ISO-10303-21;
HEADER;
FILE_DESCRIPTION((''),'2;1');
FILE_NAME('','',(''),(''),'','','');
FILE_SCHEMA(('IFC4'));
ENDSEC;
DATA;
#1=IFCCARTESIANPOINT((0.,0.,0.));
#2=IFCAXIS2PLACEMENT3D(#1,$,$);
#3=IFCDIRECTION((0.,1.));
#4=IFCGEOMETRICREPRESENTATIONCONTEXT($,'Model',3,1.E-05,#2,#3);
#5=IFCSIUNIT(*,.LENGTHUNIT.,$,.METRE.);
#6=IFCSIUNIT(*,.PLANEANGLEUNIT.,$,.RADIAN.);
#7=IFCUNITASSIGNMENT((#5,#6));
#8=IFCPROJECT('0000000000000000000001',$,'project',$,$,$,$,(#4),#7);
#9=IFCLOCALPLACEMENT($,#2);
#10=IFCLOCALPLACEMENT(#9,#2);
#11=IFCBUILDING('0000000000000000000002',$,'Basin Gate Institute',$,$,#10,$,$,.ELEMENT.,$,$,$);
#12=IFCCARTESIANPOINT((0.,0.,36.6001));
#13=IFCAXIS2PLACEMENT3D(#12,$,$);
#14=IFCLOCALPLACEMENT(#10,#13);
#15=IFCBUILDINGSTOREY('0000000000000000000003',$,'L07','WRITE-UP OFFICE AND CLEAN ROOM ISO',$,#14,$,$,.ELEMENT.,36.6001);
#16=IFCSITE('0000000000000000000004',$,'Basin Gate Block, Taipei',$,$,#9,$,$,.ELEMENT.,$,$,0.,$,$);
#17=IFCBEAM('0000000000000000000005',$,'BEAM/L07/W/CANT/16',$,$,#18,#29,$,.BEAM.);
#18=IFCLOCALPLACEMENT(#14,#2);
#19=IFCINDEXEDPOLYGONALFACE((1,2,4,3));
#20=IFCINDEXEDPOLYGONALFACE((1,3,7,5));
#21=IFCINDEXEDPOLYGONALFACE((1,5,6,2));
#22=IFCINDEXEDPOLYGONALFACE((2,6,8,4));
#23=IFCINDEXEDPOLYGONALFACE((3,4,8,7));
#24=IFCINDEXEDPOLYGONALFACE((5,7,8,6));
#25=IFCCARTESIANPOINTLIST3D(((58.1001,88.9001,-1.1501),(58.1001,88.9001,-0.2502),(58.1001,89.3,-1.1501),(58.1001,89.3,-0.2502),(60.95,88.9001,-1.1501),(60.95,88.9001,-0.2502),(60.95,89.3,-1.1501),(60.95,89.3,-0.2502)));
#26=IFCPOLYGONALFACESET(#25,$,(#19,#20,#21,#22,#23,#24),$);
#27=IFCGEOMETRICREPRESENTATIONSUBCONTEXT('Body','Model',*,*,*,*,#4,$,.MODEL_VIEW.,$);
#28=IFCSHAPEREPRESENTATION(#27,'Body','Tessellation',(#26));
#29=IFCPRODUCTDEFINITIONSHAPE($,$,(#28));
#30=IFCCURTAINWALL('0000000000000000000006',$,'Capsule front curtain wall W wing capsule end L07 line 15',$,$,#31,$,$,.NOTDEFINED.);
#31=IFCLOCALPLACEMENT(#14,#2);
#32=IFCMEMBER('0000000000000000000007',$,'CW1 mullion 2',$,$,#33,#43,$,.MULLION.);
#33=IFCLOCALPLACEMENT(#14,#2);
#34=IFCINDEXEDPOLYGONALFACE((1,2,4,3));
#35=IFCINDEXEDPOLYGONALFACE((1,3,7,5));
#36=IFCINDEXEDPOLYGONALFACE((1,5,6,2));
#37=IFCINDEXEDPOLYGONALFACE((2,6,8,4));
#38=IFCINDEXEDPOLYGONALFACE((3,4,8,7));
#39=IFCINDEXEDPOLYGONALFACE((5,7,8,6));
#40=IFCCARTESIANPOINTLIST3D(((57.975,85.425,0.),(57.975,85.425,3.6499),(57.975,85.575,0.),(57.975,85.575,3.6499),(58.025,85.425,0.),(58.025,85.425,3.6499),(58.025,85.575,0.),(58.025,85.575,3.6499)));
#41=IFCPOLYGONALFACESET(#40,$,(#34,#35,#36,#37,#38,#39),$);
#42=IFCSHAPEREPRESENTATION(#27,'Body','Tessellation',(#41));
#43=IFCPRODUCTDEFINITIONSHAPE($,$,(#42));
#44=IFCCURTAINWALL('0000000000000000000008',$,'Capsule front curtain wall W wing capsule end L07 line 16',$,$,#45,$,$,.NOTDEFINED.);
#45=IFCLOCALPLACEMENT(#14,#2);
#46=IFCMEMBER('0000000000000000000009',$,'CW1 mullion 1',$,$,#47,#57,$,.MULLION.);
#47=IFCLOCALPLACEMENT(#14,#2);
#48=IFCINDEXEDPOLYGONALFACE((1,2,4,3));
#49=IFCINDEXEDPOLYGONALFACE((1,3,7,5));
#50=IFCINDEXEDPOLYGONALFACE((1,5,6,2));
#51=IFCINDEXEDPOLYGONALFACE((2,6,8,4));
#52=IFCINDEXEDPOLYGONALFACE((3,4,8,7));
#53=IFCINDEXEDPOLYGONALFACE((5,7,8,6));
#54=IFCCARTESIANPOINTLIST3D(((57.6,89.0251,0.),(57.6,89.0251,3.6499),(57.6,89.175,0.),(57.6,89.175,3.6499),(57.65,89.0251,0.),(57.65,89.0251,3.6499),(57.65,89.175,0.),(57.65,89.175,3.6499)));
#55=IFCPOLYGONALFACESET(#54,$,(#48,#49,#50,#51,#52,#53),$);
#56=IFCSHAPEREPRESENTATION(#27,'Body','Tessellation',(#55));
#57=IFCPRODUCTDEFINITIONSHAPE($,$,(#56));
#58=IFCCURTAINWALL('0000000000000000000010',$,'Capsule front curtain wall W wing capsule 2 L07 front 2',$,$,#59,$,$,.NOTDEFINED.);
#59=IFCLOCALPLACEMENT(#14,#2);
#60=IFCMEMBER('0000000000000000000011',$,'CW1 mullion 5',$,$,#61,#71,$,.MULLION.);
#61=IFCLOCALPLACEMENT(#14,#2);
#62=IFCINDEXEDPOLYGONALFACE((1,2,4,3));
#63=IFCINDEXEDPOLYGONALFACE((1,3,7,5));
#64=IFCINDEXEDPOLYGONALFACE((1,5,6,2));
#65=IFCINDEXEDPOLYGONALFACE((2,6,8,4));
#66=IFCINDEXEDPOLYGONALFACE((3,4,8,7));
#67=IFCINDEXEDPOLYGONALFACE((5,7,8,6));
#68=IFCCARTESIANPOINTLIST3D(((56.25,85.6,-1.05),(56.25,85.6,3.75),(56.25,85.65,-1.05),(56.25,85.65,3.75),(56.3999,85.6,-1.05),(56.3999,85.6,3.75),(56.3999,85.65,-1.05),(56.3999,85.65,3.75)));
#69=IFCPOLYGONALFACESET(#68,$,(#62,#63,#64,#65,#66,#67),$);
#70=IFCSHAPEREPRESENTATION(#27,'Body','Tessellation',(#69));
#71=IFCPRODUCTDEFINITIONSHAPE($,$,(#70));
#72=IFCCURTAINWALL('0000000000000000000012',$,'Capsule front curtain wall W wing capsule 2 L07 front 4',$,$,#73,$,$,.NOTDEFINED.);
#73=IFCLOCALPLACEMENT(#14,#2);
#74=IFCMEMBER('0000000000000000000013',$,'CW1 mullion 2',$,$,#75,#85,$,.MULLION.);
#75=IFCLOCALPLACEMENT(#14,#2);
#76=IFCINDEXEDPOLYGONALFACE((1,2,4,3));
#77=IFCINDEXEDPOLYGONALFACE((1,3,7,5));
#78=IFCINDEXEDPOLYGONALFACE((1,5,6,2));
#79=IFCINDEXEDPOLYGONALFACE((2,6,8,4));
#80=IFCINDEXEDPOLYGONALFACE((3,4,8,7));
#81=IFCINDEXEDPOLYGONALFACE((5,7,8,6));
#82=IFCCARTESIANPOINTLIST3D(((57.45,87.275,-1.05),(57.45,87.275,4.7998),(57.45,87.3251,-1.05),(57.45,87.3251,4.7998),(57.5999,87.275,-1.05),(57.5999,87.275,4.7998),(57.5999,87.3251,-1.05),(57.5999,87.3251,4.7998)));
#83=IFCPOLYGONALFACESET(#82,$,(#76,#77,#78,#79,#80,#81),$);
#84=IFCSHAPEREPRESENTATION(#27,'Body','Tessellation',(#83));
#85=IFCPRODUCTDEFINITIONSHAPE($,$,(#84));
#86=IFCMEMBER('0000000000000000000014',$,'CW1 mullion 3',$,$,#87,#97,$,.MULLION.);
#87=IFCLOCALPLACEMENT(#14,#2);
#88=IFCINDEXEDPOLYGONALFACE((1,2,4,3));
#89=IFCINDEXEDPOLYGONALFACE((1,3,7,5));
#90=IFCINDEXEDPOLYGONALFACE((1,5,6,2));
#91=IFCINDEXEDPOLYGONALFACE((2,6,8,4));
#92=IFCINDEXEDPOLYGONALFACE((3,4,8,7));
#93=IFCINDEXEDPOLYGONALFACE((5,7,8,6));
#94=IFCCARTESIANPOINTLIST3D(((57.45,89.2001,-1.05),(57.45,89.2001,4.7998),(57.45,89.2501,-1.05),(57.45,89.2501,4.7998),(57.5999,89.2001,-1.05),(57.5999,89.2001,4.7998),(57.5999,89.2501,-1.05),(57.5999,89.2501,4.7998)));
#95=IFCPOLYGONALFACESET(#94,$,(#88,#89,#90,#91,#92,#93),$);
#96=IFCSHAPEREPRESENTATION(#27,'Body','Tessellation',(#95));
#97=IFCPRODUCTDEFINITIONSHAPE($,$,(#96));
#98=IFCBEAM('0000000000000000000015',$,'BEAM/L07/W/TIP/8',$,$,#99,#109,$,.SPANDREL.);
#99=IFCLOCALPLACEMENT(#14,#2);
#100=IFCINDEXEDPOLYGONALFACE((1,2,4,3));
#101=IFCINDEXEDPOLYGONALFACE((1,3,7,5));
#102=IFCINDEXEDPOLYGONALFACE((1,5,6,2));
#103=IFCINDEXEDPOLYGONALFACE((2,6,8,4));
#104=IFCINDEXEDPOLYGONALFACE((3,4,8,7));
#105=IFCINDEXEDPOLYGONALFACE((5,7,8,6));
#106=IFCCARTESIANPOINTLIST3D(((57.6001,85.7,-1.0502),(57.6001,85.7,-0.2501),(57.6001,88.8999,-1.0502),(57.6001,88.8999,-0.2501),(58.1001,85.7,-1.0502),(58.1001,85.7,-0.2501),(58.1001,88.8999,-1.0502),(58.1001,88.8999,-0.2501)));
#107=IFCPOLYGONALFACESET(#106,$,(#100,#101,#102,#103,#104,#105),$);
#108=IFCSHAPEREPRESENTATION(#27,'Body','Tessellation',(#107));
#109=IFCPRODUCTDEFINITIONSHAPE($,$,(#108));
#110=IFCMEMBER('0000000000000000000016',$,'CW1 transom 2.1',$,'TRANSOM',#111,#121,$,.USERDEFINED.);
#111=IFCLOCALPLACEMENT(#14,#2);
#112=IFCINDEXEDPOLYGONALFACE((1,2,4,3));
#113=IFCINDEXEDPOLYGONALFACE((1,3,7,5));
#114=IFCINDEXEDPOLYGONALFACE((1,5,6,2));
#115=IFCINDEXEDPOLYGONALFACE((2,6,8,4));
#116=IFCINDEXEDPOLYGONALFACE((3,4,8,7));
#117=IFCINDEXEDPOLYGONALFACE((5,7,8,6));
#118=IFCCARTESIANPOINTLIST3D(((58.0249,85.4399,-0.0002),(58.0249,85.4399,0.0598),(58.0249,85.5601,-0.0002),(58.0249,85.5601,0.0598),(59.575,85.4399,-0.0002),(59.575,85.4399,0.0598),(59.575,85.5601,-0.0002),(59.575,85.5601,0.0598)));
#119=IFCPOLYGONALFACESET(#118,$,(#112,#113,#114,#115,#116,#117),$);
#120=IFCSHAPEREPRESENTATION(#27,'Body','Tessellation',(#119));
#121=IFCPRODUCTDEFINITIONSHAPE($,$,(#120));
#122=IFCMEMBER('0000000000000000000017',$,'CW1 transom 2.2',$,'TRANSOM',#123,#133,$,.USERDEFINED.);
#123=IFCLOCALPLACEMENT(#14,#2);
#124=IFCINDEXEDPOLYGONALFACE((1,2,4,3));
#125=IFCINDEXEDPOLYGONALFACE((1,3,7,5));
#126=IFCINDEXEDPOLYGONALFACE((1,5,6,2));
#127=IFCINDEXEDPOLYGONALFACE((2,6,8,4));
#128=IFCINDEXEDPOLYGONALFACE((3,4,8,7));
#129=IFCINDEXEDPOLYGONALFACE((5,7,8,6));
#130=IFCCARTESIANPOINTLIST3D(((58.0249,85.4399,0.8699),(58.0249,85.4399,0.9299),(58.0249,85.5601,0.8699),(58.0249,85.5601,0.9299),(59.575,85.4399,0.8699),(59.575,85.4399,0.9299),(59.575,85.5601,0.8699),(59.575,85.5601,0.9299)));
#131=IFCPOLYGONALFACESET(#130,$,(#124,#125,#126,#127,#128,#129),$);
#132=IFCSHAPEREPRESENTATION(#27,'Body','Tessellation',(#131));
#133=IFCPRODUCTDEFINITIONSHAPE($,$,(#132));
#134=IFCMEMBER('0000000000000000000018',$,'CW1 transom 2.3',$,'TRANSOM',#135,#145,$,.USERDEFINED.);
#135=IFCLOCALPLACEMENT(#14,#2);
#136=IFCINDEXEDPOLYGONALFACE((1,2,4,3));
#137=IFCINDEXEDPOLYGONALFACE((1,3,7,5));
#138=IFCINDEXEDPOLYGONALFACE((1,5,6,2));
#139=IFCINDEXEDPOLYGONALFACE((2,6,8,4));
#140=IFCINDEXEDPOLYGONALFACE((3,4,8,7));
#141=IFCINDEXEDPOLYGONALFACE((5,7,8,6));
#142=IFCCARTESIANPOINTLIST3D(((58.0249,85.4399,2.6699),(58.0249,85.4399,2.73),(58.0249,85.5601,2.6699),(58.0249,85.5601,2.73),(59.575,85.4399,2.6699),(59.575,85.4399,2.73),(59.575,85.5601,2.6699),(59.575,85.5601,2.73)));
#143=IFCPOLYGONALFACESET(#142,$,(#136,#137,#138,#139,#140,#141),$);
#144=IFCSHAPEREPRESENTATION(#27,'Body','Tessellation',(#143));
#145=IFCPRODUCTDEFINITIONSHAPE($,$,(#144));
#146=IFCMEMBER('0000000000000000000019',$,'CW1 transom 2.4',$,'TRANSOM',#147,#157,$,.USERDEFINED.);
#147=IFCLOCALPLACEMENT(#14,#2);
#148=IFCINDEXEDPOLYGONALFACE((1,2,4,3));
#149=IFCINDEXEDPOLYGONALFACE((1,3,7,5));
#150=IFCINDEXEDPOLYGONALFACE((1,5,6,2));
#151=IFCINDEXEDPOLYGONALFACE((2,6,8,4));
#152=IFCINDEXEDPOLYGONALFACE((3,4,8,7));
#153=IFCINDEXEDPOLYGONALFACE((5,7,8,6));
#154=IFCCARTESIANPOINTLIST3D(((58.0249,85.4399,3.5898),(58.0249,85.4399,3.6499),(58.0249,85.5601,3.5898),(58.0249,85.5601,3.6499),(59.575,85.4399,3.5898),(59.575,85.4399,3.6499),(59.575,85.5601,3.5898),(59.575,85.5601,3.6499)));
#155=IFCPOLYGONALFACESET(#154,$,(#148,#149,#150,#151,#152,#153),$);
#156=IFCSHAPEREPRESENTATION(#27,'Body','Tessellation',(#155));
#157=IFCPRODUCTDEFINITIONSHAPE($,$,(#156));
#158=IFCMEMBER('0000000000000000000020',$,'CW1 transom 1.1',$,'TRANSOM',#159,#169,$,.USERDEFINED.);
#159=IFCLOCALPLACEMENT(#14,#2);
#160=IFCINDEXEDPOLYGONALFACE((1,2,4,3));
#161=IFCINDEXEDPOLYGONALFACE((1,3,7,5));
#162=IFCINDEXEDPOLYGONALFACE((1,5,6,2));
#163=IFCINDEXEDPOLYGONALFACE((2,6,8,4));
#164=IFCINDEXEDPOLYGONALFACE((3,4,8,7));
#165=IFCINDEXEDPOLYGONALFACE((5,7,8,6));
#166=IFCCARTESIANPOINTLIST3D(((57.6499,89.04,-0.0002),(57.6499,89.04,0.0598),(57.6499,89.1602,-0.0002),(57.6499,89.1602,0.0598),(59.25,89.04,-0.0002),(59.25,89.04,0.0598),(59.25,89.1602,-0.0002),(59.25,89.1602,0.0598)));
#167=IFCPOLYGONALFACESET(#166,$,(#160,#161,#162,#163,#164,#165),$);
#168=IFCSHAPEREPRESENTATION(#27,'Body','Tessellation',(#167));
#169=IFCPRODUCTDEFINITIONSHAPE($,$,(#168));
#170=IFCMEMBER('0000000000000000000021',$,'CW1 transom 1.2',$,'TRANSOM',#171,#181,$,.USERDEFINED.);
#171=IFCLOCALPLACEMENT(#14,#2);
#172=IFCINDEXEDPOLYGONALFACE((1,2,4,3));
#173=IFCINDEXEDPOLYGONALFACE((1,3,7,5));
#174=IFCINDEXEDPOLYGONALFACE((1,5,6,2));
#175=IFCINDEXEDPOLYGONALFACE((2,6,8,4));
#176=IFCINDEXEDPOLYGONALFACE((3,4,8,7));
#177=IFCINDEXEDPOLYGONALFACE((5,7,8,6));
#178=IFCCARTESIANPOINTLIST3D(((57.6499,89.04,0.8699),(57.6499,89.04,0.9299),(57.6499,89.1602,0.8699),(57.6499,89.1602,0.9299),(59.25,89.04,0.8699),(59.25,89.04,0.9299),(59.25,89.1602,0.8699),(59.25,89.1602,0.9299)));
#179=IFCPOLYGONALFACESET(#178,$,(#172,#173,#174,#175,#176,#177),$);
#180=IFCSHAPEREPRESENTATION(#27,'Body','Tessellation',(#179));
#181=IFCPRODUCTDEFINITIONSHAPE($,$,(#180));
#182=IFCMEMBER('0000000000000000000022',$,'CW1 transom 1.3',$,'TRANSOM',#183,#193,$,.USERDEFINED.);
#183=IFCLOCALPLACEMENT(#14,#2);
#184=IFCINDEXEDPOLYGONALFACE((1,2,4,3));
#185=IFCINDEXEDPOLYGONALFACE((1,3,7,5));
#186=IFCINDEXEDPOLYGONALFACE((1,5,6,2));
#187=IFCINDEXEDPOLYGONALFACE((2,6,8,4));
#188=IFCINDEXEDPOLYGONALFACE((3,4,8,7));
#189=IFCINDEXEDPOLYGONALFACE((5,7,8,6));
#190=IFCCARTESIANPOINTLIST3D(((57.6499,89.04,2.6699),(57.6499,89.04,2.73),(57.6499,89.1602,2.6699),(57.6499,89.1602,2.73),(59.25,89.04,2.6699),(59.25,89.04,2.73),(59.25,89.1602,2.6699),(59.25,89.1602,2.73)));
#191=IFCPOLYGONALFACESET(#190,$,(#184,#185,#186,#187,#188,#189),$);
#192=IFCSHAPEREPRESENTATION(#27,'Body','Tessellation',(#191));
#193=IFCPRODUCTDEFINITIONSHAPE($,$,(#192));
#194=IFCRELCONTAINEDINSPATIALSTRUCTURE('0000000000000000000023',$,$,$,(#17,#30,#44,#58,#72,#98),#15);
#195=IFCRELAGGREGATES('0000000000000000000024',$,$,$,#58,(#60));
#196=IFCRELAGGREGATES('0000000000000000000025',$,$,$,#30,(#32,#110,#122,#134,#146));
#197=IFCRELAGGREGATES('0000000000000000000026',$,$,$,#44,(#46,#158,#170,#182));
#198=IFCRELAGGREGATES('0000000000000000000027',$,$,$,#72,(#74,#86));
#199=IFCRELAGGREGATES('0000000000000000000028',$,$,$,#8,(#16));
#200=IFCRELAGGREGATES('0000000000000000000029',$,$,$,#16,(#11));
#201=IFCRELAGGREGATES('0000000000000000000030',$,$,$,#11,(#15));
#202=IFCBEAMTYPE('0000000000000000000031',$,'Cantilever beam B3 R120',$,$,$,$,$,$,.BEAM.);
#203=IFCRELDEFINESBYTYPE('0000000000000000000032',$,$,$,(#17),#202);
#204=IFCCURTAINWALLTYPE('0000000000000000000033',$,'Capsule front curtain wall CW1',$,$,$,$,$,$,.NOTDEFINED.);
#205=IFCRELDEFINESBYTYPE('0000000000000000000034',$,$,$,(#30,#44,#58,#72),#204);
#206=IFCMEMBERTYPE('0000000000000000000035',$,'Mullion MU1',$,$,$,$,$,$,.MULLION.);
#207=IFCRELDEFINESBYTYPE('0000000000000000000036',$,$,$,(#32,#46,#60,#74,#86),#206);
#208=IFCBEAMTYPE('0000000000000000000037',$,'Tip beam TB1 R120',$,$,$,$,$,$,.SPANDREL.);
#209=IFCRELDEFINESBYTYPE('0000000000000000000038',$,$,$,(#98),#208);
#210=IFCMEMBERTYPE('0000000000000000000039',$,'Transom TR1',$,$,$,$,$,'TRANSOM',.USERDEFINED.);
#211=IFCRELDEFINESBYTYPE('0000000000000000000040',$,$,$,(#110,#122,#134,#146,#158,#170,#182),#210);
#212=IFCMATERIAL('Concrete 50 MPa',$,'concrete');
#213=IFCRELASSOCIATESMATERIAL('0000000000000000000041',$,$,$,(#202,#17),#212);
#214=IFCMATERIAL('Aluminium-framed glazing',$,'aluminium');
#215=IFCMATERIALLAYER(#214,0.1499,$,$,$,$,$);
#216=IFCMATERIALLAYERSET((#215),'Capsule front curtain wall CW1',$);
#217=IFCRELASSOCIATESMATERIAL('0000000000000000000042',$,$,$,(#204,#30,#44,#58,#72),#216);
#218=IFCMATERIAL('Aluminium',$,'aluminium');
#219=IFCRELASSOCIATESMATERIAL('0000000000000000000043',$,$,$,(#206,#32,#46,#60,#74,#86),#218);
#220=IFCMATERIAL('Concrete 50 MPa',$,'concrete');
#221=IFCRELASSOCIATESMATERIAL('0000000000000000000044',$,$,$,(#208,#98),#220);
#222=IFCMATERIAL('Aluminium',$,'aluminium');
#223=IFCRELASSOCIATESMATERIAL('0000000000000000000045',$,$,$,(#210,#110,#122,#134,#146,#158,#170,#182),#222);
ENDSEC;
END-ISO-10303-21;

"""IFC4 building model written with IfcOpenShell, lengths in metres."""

from ifc_helpers import new_model, si_unit, direction, frame, origin, origin_2d, place, context, subcontext, project, spatial, rectangle, extrude, material, layer, layer_set, material_profile, profile_set, type_object, element, aggregate, save


model = new_model("IFC4")

# Units and contexts
model_context = context("Model", 3, precision=1e-05, world=origin(), true_north=direction((0.0, 1.0)))
body_context = subcontext(model_context, "Body", "Model", "MODEL_VIEW")
ifc_project = project(units=[si_unit("LENGTHUNIT", "METRE"), si_unit("PLANEANGLEUNIT", "RADIAN")], contexts=[model_context])

# Site, building, storey
site_placement = place(None, origin())
site = spatial("IfcSite", under=ifc_project, at=site_placement, Name="Basin Gate Block, Taipei", CompositionType="ELEMENT", RefElevation=0.0)
building_placement = place(site_placement, origin())
building = spatial("IfcBuilding", under=site, at=building_placement, Name="Basin Gate Institute", CompositionType="ELEMENT")
storey_placement = place(building_placement, frame((0.0, 0.0, 36.6001)))
storey = spatial("IfcBuildingStorey", under=building, at=storey_placement, Name="L07", Description="WRITE-UP OFFICE AND CLEAN ROOM ISO", CompositionType="ELEMENT", Elevation=36.6001)

# Beam
ifc_material_1 = material(Name="Concrete 50 MPa", Category="concrete")
ifc_material_profile_1 = material_profile(ifc_material_1, rectangle(XDim=0.3999, YDim=0.8999, at=origin_2d()), Name="Cantilever beam B3 400 x 900")
ifc_profile_set_1 = profile_set([ifc_material_profile_1], Name="Concrete 50 MPa")
beam_type_1 = type_object("IfcBeamType", Name="Cantilever beam B3 R120", PredefinedType="BEAM", material=ifc_profile_set_1)
beam_1_placement = place(storey_placement, frame((58.1001, 89.1001, -0.7002), z_axis=(1.0, 0.0, 0.0), x_axis=(0.0, 1.0, 0.0)))
element("IfcBeam", 1, at=beam_1_placement, inside=storey, type_object=beam_type_1, material=ifc_profile_set_1, Name="BEAM/L07/W/CANT/16", PredefinedType="BEAM", context=body_context, shape_type="SweptSolid", body=[
    extrude(rectangle(XDim=0.3999, YDim=0.8999, at=origin_2d()), origin(), (0.0, 0.0, 1.0), 2.8499),
])

# Curtain walls, members
ifc_material_2 = material(Name="Aluminium-framed glazing", Category="aluminium")
ifc_layer_1 = layer(ifc_material_2, 0.1499)
ifc_layer_set_1 = layer_set([ifc_layer_1], Name="Capsule front curtain wall CW1")
curtain_wall_type = type_object("IfcCurtainWallType", Name="Capsule front curtain wall CW1", PredefinedType="NOTDEFINED", material=ifc_layer_set_1)
curtain_wall_1_placement = place(storey_placement, origin())
curtain_wall_1 = element("IfcCurtainWall", 2, at=curtain_wall_1_placement, inside=storey, type_object=curtain_wall_type, material=ifc_layer_set_1, Name="Capsule front curtain wall W wing capsule end L07 line 15", PredefinedType="NOTDEFINED")
ifc_material_3 = material(Name="Aluminium", Category="aluminium")
ifc_material_profile_2 = material_profile(ifc_material_3, rectangle(XDim=0.1499, YDim=0.05, at=origin_2d()), Name="Mullion MU1 150 x 50")
ifc_profile_set_2 = profile_set([ifc_material_profile_2], Name="Aluminium")
member_type_1 = type_object("IfcMemberType", Name="Mullion MU1", PredefinedType="MULLION", material=ifc_profile_set_2)
member_1_placement = place(storey_placement, frame((58.0, 85.5, 0.0), z_axis=(0.0, 0.0, 1.0), x_axis=(0.0, 1.0, 0.0)))
member_1 = element("IfcMember", 3, at=member_1_placement, type_object=member_type_1, material=ifc_profile_set_2, Name="CW1 mullion 2", PredefinedType="MULLION", context=body_context, shape_type="SweptSolid", body=[
    extrude(rectangle(XDim=0.1499, YDim=0.05, at=origin_2d()), origin(), (0.0, 0.0, 1.0), 3.6499),
])
curtain_wall_2_placement = place(storey_placement, origin())
curtain_wall_2 = element("IfcCurtainWall", 4, at=curtain_wall_2_placement, inside=storey, type_object=curtain_wall_type, material=ifc_layer_set_1, Name="Capsule front curtain wall W wing capsule end L07 line 16", PredefinedType="NOTDEFINED")
member_2_placement = place(storey_placement, frame((57.625, 89.1001, 0.0), z_axis=(0.0, 0.0, 1.0), x_axis=(0.0, 1.0, 0.0)))
member_2 = element("IfcMember", 5, at=member_2_placement, type_object=member_type_1, material=ifc_profile_set_2, Name="CW1 mullion 1", PredefinedType="MULLION", context=body_context, shape_type="SweptSolid", body=[
    extrude(rectangle(XDim=0.1499, YDim=0.05, at=origin_2d()), origin(), (0.0, 0.0, 1.0), 3.6499),
])
curtain_wall_3_placement = place(storey_placement, origin())
curtain_wall_3 = element("IfcCurtainWall", 6, at=curtain_wall_3_placement, inside=storey, type_object=curtain_wall_type, material=ifc_layer_set_1, Name="Capsule front curtain wall W wing capsule 2 L07 front 2", PredefinedType="NOTDEFINED")
member_3_placement = place(storey_placement, frame((56.325, 85.625, -1.05), z_axis=(0.0, 0.0, 1.0), x_axis=(-1.0, 0.0, 0.0)))
member_3 = element("IfcMember", 7, at=member_3_placement, type_object=member_type_1, material=ifc_profile_set_2, Name="CW1 mullion 5", PredefinedType="MULLION", context=body_context, shape_type="SweptSolid", body=[
    extrude(rectangle(XDim=0.1499, YDim=0.05, at=origin_2d()), origin(), (0.0, 0.0, 1.0), 4.8),
])
aggregate(curtain_wall_3, [member_3])

# Curtain wall, members
curtain_wall_4_placement = place(storey_placement, origin())
curtain_wall_4 = element("IfcCurtainWall", 8, at=curtain_wall_4_placement, inside=storey, type_object=curtain_wall_type, material=ifc_layer_set_1, Name="Capsule front curtain wall W wing capsule 2 L07 front 4", PredefinedType="NOTDEFINED")
member_4_placement = place(storey_placement, frame((57.5249, 87.3, -1.05), z_axis=(0.0, 0.0, 1.0), x_axis=(-1.0, 0.0, 0.0)))
member_4 = element("IfcMember", 9, at=member_4_placement, type_object=member_type_1, material=ifc_profile_set_2, Name="CW1 mullion 2", PredefinedType="MULLION", context=body_context, shape_type="SweptSolid", body=[
    extrude(rectangle(XDim=0.1499, YDim=0.05, at=origin_2d()), origin(), (0.0, 0.0, 1.0), 5.8499),
])
member_5_placement = place(storey_placement, frame((57.5249, 89.2251, -1.05), z_axis=(0.0, 0.0, 1.0), x_axis=(-1.0, 0.0, 0.0)))
member_5 = element("IfcMember", 10, at=member_5_placement, type_object=member_type_1, material=ifc_profile_set_2, Name="CW1 mullion 3", PredefinedType="MULLION", context=body_context, shape_type="SweptSolid", body=[
    extrude(rectangle(XDim=0.1499, YDim=0.05, at=origin_2d()), origin(), (0.0, 0.0, 1.0), 5.8499),
])

# Beam
ifc_material_4 = material(Name="Concrete 50 MPa", Category="concrete")
ifc_material_profile_3 = material_profile(ifc_material_4, rectangle(XDim=0.5, YDim=0.8, at=origin_2d()), Name="Tip beam TB1 500 x 800")
ifc_profile_set_3 = profile_set([ifc_material_profile_3], Name="Concrete 50 MPa")
beam_type_2 = type_object("IfcBeamType", Name="Tip beam TB1 R120", PredefinedType="SPANDREL", material=ifc_profile_set_3)
beam_2_placement = place(storey_placement, frame((57.8501, 85.7, -0.6501), z_axis=(0.0, 1.0, 0.0), x_axis=(-1.0, 0.0, 0.0)))
element("IfcBeam", 11, at=beam_2_placement, inside=storey, type_object=beam_type_2, material=ifc_profile_set_3, Name="BEAM/L07/W/TIP/8", PredefinedType="SPANDREL", context=body_context, shape_type="SweptSolid", body=[
    extrude(rectangle(XDim=0.5, YDim=0.8, at=origin_2d()), origin(), (0.0, 0.0, 1.0), 3.2),
])

# Members
ifc_material_5 = material(Name="Aluminium", Category="aluminium")
ifc_material_profile_4 = material_profile(ifc_material_5, rectangle(XDim=0.1201, YDim=0.0601, at=origin_2d()), Name="Transom TR1 120 x 60")
ifc_profile_set_4 = profile_set([ifc_material_profile_4], Name="Aluminium")
member_type_2 = type_object("IfcMemberType", Name="Transom TR1", ElementType="TRANSOM", PredefinedType="USERDEFINED", material=ifc_profile_set_4)
member_6_placement = place(storey_placement, frame((58.0249, 85.5, 0.0298), z_axis=(1.0, 0.0, 0.0), x_axis=(0.0, 1.0, 0.0)))
member_6 = element("IfcMember", 12, at=member_6_placement, type_object=member_type_2, material=ifc_profile_set_4, Name="CW1 transom 2.1", ObjectType="TRANSOM", PredefinedType="USERDEFINED", context=body_context, shape_type="SweptSolid", body=[
    extrude(rectangle(XDim=0.1201, YDim=0.0601, at=origin_2d()), origin(), (0.0, 0.0, 1.0), 1.55),
])
member_7_placement = place(storey_placement, frame((58.0249, 85.5, 0.8999), z_axis=(1.0, 0.0, 0.0), x_axis=(0.0, 1.0, 0.0)))
member_7 = element("IfcMember", 13, at=member_7_placement, type_object=member_type_2, material=ifc_profile_set_4, Name="CW1 transom 2.2", ObjectType="TRANSOM", PredefinedType="USERDEFINED", context=body_context, shape_type="SweptSolid", body=[
    extrude(rectangle(XDim=0.1201, YDim=0.0601, at=origin_2d()), origin(), (0.0, 0.0, 1.0), 1.55),
])
member_8_placement = place(storey_placement, frame((58.0249, 85.5, 2.7), z_axis=(1.0, 0.0, 0.0), x_axis=(0.0, 1.0, 0.0)))
member_8 = element("IfcMember", 14, at=member_8_placement, type_object=member_type_2, material=ifc_profile_set_4, Name="CW1 transom 2.3", ObjectType="TRANSOM", PredefinedType="USERDEFINED", context=body_context, shape_type="SweptSolid", body=[
    extrude(rectangle(XDim=0.1201, YDim=0.0601, at=origin_2d()), origin(), (0.0, 0.0, 1.0), 1.55),
])
member_9_placement = place(storey_placement, frame((58.0249, 85.5, 3.6199), z_axis=(1.0, 0.0, 0.0), x_axis=(0.0, 1.0, 0.0)))
member_9 = element("IfcMember", 15, at=member_9_placement, type_object=member_type_2, material=ifc_profile_set_4, Name="CW1 transom 2.4", ObjectType="TRANSOM", PredefinedType="USERDEFINED", context=body_context, shape_type="SweptSolid", body=[
    extrude(rectangle(XDim=0.1201, YDim=0.0601, at=origin_2d()), origin(), (0.0, 0.0, 1.0), 1.55),
])
member_10_placement = place(storey_placement, frame((57.6499, 89.1001, 0.0298), z_axis=(1.0, 0.0, 0.0), x_axis=(0.0, 1.0, 0.0)))
member_10 = element("IfcMember", 16, at=member_10_placement, type_object=member_type_2, material=ifc_profile_set_4, Name="CW1 transom 1.1", ObjectType="TRANSOM", PredefinedType="USERDEFINED", context=body_context, shape_type="SweptSolid", body=[
    extrude(rectangle(XDim=0.1201, YDim=0.0601, at=origin_2d()), origin(), (0.0, 0.0, 1.0), 1.6001),
])
member_11_placement = place(storey_placement, frame((57.6499, 89.1001, 0.8999), z_axis=(1.0, 0.0, 0.0), x_axis=(0.0, 1.0, 0.0)))
member_11 = element("IfcMember", 17, at=member_11_placement, type_object=member_type_2, material=ifc_profile_set_4, Name="CW1 transom 1.2", ObjectType="TRANSOM", PredefinedType="USERDEFINED", context=body_context, shape_type="SweptSolid", body=[
    extrude(rectangle(XDim=0.1201, YDim=0.0601, at=origin_2d()), origin(), (0.0, 0.0, 1.0), 1.6001),
])
member_12_placement = place(storey_placement, frame((57.6499, 89.1001, 2.7), z_axis=(1.0, 0.0, 0.0), x_axis=(0.0, 1.0, 0.0)))
member_12 = element("IfcMember", 18, at=member_12_placement, type_object=member_type_2, material=ifc_profile_set_4, Name="CW1 transom 1.3", ObjectType="TRANSOM", PredefinedType="USERDEFINED", context=body_context, shape_type="SweptSolid", body=[
    extrude(rectangle(XDim=0.1201, YDim=0.0601, at=origin_2d()), origin(), (0.0, 0.0, 1.0), 1.6001),
])

aggregate(curtain_wall_1, [member_1, member_6, member_7, member_8, member_9])
aggregate(curtain_wall_2, [member_2, member_10, member_11, member_12])
aggregate(curtain_wall_4, [member_4, member_5])

save(model, "model.ifc")
